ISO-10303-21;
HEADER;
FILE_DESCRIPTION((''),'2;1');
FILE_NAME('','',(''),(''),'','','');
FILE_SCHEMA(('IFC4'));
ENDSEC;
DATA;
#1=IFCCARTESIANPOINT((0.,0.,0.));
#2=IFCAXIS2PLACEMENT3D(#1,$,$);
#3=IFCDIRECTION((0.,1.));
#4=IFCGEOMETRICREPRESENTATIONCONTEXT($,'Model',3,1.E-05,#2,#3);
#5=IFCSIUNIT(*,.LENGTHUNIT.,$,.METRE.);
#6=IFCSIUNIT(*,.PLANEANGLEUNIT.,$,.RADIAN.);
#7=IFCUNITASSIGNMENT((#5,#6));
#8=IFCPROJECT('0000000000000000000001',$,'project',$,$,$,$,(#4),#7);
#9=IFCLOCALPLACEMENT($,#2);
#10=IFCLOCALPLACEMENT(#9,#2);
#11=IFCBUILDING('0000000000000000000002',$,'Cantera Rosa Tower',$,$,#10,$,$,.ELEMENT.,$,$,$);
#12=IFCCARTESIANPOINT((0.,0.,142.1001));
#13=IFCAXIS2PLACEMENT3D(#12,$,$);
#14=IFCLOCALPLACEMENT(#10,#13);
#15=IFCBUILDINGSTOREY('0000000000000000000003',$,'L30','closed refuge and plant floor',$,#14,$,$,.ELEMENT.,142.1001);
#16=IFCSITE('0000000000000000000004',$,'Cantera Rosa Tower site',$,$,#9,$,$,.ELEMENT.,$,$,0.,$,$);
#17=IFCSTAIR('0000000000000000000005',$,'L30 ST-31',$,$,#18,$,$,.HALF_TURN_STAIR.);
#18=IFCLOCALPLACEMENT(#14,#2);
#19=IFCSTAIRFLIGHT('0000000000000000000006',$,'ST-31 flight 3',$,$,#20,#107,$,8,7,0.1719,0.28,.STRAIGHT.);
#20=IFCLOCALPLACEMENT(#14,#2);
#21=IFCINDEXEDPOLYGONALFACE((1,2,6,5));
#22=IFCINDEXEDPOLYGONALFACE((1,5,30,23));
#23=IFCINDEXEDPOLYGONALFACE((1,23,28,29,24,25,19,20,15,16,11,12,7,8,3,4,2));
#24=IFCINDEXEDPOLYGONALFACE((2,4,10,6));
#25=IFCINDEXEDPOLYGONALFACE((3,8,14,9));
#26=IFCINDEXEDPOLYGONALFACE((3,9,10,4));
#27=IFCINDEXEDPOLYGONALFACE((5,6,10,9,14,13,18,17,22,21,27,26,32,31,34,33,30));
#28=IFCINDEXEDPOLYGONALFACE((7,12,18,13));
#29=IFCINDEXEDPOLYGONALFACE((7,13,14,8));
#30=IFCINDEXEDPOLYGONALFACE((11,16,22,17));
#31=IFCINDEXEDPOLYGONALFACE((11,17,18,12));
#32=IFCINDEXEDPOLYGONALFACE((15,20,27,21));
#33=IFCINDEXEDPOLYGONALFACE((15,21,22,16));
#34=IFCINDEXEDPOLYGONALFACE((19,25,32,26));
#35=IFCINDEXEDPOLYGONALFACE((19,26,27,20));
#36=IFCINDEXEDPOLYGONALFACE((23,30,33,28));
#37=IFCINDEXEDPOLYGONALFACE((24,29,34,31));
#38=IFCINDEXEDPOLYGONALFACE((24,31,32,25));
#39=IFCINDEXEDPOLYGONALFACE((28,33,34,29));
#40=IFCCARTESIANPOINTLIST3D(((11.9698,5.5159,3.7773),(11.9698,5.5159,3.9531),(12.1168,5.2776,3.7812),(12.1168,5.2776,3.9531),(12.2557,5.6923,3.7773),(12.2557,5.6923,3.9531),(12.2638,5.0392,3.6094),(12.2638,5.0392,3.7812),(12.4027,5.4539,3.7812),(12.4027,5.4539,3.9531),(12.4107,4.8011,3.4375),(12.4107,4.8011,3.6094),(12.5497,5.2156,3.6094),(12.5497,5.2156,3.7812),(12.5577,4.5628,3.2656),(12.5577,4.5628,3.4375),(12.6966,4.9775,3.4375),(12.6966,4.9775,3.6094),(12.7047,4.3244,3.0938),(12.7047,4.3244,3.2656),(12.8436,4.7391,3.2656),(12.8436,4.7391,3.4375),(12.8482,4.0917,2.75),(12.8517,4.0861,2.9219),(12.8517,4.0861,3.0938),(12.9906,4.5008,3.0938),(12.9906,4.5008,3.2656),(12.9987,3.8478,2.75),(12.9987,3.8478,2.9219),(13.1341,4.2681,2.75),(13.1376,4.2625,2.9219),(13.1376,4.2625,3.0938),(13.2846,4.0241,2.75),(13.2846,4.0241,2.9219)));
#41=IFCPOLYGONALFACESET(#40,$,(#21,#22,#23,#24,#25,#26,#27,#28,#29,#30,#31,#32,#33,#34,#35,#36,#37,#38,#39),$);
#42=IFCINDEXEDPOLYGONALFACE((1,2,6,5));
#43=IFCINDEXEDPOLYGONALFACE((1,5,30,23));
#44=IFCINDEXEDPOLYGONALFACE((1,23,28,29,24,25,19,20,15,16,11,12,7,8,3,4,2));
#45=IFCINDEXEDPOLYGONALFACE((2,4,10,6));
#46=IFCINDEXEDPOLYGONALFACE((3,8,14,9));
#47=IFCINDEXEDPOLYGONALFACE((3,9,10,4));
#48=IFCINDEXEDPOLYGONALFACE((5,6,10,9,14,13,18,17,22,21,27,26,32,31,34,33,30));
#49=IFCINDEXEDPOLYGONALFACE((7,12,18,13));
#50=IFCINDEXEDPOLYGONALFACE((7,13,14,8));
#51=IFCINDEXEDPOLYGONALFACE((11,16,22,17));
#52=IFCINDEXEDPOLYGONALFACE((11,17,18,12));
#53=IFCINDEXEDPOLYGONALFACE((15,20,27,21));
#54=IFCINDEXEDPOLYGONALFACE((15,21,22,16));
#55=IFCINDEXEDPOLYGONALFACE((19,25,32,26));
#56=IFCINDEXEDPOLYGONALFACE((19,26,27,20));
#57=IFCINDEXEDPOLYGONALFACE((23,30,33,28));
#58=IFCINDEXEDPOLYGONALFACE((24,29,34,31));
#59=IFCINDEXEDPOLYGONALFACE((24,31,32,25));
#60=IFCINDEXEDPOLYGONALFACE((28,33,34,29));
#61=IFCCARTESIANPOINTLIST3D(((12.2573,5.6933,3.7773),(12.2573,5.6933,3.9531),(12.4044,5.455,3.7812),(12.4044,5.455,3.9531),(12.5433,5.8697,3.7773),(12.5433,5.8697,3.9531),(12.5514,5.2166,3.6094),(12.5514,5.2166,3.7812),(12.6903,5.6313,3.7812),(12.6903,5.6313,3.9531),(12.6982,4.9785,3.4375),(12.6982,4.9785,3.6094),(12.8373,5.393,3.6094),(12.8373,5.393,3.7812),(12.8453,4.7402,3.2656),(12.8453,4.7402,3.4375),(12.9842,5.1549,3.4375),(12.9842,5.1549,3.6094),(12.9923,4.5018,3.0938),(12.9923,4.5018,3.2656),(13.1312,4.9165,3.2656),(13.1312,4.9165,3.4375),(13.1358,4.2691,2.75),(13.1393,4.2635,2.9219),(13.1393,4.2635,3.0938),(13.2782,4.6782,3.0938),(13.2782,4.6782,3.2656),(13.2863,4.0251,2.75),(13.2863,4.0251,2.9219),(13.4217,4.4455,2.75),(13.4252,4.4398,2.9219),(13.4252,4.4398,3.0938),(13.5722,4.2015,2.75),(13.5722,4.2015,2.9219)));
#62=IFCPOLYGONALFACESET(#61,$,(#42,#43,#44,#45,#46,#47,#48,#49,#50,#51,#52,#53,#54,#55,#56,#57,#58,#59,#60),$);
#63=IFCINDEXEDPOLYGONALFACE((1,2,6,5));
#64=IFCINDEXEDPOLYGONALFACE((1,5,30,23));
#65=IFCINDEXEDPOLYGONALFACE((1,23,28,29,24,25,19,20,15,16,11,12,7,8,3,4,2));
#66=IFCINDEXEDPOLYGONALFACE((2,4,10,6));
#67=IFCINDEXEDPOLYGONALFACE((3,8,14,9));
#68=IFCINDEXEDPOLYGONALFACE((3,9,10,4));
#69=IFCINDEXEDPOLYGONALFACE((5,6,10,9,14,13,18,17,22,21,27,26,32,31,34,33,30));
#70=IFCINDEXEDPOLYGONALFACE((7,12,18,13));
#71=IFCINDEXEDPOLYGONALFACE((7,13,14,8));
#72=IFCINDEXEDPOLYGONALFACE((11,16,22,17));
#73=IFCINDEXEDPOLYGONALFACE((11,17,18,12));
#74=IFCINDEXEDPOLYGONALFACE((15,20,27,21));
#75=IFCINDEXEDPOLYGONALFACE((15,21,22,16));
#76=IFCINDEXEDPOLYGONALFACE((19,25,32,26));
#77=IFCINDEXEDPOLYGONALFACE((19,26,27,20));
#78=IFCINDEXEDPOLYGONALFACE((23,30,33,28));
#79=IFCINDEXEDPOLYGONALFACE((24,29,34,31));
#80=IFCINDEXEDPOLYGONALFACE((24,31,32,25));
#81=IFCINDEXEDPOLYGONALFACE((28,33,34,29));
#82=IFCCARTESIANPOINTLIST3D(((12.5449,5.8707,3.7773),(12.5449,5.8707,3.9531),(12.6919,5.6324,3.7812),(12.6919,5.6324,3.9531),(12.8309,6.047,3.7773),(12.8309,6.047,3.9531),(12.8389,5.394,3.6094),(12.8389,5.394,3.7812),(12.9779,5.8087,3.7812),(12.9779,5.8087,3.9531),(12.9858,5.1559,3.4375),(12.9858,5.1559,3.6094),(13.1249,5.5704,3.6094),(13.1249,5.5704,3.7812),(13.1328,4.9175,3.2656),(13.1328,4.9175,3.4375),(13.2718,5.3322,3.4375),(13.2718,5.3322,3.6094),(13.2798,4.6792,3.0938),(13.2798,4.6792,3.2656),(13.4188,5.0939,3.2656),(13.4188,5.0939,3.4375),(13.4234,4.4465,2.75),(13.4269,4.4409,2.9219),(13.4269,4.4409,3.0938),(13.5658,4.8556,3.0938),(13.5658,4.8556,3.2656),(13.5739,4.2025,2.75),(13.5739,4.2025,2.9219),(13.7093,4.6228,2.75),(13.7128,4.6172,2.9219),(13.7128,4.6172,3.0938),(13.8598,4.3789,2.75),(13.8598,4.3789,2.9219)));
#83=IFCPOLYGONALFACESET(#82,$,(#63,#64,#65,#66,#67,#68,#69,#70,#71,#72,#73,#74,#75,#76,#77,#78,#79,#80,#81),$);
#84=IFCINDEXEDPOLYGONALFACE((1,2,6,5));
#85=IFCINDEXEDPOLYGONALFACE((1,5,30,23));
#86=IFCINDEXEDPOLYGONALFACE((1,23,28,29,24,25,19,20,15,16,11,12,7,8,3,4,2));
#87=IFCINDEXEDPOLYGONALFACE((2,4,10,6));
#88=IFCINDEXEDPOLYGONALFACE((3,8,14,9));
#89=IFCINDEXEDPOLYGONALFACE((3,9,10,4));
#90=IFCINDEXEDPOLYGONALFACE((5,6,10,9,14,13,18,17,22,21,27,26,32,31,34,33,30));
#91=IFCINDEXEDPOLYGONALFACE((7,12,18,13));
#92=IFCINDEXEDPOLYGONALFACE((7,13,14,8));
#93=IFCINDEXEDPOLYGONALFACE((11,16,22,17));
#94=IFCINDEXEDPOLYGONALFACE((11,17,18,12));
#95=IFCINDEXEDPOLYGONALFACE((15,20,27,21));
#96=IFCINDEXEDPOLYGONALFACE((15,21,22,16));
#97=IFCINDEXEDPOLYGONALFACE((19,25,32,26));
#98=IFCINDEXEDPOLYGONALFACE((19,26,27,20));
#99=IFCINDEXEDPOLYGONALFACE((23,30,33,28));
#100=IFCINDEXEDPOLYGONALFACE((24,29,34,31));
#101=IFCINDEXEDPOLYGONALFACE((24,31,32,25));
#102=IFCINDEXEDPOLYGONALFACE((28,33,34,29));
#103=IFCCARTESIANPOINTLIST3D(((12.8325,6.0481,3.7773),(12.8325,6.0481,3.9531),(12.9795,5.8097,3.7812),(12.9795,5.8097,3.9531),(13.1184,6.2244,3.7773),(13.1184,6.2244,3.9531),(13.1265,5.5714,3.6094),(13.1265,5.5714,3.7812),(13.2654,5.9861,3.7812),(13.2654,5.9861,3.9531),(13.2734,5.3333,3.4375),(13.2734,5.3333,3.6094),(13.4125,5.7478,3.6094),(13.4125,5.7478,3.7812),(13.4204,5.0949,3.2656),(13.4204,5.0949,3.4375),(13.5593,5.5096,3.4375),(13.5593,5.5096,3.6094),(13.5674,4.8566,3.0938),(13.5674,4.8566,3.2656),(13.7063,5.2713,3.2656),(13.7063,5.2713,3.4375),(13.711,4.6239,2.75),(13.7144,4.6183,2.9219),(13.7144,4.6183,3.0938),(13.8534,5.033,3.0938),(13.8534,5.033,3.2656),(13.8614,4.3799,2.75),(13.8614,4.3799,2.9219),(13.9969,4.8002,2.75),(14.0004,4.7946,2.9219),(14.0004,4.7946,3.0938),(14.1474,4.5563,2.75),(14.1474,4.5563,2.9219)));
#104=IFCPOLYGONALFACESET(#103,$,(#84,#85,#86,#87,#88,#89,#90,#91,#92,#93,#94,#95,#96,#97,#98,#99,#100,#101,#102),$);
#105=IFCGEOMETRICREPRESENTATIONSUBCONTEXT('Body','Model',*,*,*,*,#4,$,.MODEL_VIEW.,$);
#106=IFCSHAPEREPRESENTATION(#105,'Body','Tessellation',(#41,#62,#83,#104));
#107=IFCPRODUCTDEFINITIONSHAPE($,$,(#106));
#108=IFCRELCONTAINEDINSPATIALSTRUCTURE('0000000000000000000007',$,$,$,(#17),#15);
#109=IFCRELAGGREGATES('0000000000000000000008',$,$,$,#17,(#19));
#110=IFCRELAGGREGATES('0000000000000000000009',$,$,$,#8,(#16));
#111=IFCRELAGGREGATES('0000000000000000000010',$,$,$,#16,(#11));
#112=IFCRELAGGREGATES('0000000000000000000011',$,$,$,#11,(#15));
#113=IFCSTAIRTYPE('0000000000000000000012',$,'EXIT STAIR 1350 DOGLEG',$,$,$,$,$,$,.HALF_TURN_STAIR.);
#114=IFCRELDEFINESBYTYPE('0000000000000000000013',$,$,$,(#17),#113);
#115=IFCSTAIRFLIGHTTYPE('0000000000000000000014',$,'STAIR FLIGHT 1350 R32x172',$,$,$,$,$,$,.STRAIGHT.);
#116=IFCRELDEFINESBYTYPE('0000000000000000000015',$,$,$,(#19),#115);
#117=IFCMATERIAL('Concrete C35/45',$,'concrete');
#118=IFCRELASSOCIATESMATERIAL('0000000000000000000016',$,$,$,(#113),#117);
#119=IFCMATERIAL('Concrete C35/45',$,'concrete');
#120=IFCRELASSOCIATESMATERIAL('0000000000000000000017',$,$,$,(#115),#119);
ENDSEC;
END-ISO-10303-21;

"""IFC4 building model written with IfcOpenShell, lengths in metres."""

from ifc_helpers import new_model, si_unit, direction, frame, origin, place, context, subcontext, project, spatial, polyline, outline, extrude, material, type_object, element, aggregate, save


model = new_model("IFC4")

# Units and contexts
model_context = context("Model", 3, precision=1e-05, world=origin(), true_north=direction((0.0, 1.0)))
body_context = subcontext(model_context, "Body", "Model", "MODEL_VIEW")
ifc_project = project(units=[si_unit("LENGTHUNIT", "METRE"), si_unit("PLANEANGLEUNIT", "RADIAN")], contexts=[model_context])

# Site, building, storey
site_placement = place(None, origin())
site = spatial("IfcSite", under=ifc_project, at=site_placement, Name="Cantera Rosa Tower site", CompositionType="ELEMENT", RefElevation=0.0)
building_placement = place(site_placement, origin())
building = spatial("IfcBuilding", under=site, at=building_placement, Name="Cantera Rosa Tower", CompositionType="ELEMENT")
storey_placement = place(building_placement, frame((0.0, 0.0, 142.1001)))
storey = spatial("IfcBuildingStorey", under=building, at=storey_placement, Name="L30", Description="closed refuge and plant floor", CompositionType="ELEMENT", Elevation=142.1001)

# Stair, stair flight
ifc_material_1 = material(Name="Concrete C35/45", Category="concrete")
stair_type = type_object("IfcStairType", Name="EXIT STAIR 1350 DOGLEG", PredefinedType="HALF_TURN_STAIR", material=ifc_material_1)
stair_1_placement = place(storey_placement, origin())
stair_1 = element("IfcStair", 1, at=stair_1_placement, inside=storey, type_object=stair_type, Name="L30 ST-31", PredefinedType="HALF_TURN_STAIR")
ifc_material_2 = material(Name="Concrete C35/45", Category="concrete")
stair_flight_type = type_object("IfcStairFlightType", Name="STAIR FLIGHT 1350 R32x172", PredefinedType="STRAIGHT", material=ifc_material_2)
stair_flight_1_placement = place(storey_placement, frame((13.5732, 4.2021, 2.75), z_axis=(0.0, 0.0, 1.0), x_axis=(-0.524977, 0.851117, 0.0)))
stair_flight_1 = element("IfcStairFlight", 2, at=stair_flight_1_placement, type_object=stair_flight_type, Name="ST-31 flight 3", NumberOfRisers=8, NumberOfTreads=7, PredefinedType="STRAIGHT", RiserHeight=0.1719, TreadLength=0.28, context=body_context, shape_type="SweptSolid", body=[
    extrude(outline(polyline([(0.0, 0.0), (0.0, 0.1719), (0.28, 0.1719), (0.28, 0.3438), (0.5601, 0.3438), (0.5601, 0.5156), (0.8401, 0.5156), (0.8401, 0.6875), (1.1201, 0.6875), (1.1201, 0.8594), (1.3999, 0.8594), (1.3999, 1.0312), (1.6799, 1.0312), (1.6799, 1.2031), (1.96, 1.2031), (1.96, 1.375), (1.96, 1.0273), (0.2866, 0.0), (0.0, 0.0)])), frame((0.0, 0.675, 0.0), z_axis=(0.0, -1.0, 0.0), x_axis=(1.0, 0.0, 0.0)), (0.0, 0.0, 1.0), 0.3359),
    extrude(outline(polyline([(0.0, 0.0), (0.0, 0.1719), (0.28, 0.1719), (0.28, 0.3438), (0.5601, 0.3438), (0.5601, 0.5156), (0.8401, 0.5156), (0.8401, 0.6875), (1.1201, 0.6875), (1.1201, 0.8594), (1.3999, 0.8594), (1.3999, 1.0312), (1.6799, 1.0312), (1.6799, 1.2031), (1.96, 1.2031), (1.96, 1.375), (1.96, 1.0273), (0.2866, 0.0), (0.0, 0.0)])), frame((0.0, 0.3372, 0.0), z_axis=(0.0, -1.0, 0.0), x_axis=(1.0, 0.0, 0.0)), (0.0, 0.0, 1.0), 0.3359),
    extrude(outline(polyline([(0.0, 0.0), (0.0, 0.1719), (0.28, 0.1719), (0.28, 0.3438), (0.5601, 0.3438), (0.5601, 0.5156), (0.8401, 0.5156), (0.8401, 0.6875), (1.1201, 0.6875), (1.1201, 0.8594), (1.3999, 0.8594), (1.3999, 1.0312), (1.6799, 1.0312), (1.6799, 1.2031), (1.96, 1.2031), (1.96, 1.375), (1.96, 1.0273), (0.2866, 0.0), (0.0, 0.0)])), frame((0.0, -0.0007, 0.0), z_axis=(0.0, -1.0, 0.0), x_axis=(1.0, 0.0, 0.0)), (0.0, 0.0, 1.0), 0.3359),
    extrude(outline(polyline([(0.0, 0.0), (0.0, 0.1719), (0.28, 0.1719), (0.28, 0.3438), (0.5601, 0.3438), (0.5601, 0.5156), (0.8401, 0.5156), (0.8401, 0.6875), (1.1201, 0.6875), (1.1201, 0.8594), (1.3999, 0.8594), (1.3999, 1.0312), (1.6799, 1.0312), (1.6799, 1.2031), (1.96, 1.2031), (1.96, 1.375), (1.96, 1.0273), (0.2866, 0.0), (0.0, 0.0)])), frame((0.0, -0.3386, 0.0), z_axis=(0.0, -1.0, 0.0), x_axis=(1.0, 0.0, 0.0)), (0.0, 0.0, 1.0), 0.3359),
])
aggregate(stair_1, [stair_flight_1])

save(model, "model.ifc")
